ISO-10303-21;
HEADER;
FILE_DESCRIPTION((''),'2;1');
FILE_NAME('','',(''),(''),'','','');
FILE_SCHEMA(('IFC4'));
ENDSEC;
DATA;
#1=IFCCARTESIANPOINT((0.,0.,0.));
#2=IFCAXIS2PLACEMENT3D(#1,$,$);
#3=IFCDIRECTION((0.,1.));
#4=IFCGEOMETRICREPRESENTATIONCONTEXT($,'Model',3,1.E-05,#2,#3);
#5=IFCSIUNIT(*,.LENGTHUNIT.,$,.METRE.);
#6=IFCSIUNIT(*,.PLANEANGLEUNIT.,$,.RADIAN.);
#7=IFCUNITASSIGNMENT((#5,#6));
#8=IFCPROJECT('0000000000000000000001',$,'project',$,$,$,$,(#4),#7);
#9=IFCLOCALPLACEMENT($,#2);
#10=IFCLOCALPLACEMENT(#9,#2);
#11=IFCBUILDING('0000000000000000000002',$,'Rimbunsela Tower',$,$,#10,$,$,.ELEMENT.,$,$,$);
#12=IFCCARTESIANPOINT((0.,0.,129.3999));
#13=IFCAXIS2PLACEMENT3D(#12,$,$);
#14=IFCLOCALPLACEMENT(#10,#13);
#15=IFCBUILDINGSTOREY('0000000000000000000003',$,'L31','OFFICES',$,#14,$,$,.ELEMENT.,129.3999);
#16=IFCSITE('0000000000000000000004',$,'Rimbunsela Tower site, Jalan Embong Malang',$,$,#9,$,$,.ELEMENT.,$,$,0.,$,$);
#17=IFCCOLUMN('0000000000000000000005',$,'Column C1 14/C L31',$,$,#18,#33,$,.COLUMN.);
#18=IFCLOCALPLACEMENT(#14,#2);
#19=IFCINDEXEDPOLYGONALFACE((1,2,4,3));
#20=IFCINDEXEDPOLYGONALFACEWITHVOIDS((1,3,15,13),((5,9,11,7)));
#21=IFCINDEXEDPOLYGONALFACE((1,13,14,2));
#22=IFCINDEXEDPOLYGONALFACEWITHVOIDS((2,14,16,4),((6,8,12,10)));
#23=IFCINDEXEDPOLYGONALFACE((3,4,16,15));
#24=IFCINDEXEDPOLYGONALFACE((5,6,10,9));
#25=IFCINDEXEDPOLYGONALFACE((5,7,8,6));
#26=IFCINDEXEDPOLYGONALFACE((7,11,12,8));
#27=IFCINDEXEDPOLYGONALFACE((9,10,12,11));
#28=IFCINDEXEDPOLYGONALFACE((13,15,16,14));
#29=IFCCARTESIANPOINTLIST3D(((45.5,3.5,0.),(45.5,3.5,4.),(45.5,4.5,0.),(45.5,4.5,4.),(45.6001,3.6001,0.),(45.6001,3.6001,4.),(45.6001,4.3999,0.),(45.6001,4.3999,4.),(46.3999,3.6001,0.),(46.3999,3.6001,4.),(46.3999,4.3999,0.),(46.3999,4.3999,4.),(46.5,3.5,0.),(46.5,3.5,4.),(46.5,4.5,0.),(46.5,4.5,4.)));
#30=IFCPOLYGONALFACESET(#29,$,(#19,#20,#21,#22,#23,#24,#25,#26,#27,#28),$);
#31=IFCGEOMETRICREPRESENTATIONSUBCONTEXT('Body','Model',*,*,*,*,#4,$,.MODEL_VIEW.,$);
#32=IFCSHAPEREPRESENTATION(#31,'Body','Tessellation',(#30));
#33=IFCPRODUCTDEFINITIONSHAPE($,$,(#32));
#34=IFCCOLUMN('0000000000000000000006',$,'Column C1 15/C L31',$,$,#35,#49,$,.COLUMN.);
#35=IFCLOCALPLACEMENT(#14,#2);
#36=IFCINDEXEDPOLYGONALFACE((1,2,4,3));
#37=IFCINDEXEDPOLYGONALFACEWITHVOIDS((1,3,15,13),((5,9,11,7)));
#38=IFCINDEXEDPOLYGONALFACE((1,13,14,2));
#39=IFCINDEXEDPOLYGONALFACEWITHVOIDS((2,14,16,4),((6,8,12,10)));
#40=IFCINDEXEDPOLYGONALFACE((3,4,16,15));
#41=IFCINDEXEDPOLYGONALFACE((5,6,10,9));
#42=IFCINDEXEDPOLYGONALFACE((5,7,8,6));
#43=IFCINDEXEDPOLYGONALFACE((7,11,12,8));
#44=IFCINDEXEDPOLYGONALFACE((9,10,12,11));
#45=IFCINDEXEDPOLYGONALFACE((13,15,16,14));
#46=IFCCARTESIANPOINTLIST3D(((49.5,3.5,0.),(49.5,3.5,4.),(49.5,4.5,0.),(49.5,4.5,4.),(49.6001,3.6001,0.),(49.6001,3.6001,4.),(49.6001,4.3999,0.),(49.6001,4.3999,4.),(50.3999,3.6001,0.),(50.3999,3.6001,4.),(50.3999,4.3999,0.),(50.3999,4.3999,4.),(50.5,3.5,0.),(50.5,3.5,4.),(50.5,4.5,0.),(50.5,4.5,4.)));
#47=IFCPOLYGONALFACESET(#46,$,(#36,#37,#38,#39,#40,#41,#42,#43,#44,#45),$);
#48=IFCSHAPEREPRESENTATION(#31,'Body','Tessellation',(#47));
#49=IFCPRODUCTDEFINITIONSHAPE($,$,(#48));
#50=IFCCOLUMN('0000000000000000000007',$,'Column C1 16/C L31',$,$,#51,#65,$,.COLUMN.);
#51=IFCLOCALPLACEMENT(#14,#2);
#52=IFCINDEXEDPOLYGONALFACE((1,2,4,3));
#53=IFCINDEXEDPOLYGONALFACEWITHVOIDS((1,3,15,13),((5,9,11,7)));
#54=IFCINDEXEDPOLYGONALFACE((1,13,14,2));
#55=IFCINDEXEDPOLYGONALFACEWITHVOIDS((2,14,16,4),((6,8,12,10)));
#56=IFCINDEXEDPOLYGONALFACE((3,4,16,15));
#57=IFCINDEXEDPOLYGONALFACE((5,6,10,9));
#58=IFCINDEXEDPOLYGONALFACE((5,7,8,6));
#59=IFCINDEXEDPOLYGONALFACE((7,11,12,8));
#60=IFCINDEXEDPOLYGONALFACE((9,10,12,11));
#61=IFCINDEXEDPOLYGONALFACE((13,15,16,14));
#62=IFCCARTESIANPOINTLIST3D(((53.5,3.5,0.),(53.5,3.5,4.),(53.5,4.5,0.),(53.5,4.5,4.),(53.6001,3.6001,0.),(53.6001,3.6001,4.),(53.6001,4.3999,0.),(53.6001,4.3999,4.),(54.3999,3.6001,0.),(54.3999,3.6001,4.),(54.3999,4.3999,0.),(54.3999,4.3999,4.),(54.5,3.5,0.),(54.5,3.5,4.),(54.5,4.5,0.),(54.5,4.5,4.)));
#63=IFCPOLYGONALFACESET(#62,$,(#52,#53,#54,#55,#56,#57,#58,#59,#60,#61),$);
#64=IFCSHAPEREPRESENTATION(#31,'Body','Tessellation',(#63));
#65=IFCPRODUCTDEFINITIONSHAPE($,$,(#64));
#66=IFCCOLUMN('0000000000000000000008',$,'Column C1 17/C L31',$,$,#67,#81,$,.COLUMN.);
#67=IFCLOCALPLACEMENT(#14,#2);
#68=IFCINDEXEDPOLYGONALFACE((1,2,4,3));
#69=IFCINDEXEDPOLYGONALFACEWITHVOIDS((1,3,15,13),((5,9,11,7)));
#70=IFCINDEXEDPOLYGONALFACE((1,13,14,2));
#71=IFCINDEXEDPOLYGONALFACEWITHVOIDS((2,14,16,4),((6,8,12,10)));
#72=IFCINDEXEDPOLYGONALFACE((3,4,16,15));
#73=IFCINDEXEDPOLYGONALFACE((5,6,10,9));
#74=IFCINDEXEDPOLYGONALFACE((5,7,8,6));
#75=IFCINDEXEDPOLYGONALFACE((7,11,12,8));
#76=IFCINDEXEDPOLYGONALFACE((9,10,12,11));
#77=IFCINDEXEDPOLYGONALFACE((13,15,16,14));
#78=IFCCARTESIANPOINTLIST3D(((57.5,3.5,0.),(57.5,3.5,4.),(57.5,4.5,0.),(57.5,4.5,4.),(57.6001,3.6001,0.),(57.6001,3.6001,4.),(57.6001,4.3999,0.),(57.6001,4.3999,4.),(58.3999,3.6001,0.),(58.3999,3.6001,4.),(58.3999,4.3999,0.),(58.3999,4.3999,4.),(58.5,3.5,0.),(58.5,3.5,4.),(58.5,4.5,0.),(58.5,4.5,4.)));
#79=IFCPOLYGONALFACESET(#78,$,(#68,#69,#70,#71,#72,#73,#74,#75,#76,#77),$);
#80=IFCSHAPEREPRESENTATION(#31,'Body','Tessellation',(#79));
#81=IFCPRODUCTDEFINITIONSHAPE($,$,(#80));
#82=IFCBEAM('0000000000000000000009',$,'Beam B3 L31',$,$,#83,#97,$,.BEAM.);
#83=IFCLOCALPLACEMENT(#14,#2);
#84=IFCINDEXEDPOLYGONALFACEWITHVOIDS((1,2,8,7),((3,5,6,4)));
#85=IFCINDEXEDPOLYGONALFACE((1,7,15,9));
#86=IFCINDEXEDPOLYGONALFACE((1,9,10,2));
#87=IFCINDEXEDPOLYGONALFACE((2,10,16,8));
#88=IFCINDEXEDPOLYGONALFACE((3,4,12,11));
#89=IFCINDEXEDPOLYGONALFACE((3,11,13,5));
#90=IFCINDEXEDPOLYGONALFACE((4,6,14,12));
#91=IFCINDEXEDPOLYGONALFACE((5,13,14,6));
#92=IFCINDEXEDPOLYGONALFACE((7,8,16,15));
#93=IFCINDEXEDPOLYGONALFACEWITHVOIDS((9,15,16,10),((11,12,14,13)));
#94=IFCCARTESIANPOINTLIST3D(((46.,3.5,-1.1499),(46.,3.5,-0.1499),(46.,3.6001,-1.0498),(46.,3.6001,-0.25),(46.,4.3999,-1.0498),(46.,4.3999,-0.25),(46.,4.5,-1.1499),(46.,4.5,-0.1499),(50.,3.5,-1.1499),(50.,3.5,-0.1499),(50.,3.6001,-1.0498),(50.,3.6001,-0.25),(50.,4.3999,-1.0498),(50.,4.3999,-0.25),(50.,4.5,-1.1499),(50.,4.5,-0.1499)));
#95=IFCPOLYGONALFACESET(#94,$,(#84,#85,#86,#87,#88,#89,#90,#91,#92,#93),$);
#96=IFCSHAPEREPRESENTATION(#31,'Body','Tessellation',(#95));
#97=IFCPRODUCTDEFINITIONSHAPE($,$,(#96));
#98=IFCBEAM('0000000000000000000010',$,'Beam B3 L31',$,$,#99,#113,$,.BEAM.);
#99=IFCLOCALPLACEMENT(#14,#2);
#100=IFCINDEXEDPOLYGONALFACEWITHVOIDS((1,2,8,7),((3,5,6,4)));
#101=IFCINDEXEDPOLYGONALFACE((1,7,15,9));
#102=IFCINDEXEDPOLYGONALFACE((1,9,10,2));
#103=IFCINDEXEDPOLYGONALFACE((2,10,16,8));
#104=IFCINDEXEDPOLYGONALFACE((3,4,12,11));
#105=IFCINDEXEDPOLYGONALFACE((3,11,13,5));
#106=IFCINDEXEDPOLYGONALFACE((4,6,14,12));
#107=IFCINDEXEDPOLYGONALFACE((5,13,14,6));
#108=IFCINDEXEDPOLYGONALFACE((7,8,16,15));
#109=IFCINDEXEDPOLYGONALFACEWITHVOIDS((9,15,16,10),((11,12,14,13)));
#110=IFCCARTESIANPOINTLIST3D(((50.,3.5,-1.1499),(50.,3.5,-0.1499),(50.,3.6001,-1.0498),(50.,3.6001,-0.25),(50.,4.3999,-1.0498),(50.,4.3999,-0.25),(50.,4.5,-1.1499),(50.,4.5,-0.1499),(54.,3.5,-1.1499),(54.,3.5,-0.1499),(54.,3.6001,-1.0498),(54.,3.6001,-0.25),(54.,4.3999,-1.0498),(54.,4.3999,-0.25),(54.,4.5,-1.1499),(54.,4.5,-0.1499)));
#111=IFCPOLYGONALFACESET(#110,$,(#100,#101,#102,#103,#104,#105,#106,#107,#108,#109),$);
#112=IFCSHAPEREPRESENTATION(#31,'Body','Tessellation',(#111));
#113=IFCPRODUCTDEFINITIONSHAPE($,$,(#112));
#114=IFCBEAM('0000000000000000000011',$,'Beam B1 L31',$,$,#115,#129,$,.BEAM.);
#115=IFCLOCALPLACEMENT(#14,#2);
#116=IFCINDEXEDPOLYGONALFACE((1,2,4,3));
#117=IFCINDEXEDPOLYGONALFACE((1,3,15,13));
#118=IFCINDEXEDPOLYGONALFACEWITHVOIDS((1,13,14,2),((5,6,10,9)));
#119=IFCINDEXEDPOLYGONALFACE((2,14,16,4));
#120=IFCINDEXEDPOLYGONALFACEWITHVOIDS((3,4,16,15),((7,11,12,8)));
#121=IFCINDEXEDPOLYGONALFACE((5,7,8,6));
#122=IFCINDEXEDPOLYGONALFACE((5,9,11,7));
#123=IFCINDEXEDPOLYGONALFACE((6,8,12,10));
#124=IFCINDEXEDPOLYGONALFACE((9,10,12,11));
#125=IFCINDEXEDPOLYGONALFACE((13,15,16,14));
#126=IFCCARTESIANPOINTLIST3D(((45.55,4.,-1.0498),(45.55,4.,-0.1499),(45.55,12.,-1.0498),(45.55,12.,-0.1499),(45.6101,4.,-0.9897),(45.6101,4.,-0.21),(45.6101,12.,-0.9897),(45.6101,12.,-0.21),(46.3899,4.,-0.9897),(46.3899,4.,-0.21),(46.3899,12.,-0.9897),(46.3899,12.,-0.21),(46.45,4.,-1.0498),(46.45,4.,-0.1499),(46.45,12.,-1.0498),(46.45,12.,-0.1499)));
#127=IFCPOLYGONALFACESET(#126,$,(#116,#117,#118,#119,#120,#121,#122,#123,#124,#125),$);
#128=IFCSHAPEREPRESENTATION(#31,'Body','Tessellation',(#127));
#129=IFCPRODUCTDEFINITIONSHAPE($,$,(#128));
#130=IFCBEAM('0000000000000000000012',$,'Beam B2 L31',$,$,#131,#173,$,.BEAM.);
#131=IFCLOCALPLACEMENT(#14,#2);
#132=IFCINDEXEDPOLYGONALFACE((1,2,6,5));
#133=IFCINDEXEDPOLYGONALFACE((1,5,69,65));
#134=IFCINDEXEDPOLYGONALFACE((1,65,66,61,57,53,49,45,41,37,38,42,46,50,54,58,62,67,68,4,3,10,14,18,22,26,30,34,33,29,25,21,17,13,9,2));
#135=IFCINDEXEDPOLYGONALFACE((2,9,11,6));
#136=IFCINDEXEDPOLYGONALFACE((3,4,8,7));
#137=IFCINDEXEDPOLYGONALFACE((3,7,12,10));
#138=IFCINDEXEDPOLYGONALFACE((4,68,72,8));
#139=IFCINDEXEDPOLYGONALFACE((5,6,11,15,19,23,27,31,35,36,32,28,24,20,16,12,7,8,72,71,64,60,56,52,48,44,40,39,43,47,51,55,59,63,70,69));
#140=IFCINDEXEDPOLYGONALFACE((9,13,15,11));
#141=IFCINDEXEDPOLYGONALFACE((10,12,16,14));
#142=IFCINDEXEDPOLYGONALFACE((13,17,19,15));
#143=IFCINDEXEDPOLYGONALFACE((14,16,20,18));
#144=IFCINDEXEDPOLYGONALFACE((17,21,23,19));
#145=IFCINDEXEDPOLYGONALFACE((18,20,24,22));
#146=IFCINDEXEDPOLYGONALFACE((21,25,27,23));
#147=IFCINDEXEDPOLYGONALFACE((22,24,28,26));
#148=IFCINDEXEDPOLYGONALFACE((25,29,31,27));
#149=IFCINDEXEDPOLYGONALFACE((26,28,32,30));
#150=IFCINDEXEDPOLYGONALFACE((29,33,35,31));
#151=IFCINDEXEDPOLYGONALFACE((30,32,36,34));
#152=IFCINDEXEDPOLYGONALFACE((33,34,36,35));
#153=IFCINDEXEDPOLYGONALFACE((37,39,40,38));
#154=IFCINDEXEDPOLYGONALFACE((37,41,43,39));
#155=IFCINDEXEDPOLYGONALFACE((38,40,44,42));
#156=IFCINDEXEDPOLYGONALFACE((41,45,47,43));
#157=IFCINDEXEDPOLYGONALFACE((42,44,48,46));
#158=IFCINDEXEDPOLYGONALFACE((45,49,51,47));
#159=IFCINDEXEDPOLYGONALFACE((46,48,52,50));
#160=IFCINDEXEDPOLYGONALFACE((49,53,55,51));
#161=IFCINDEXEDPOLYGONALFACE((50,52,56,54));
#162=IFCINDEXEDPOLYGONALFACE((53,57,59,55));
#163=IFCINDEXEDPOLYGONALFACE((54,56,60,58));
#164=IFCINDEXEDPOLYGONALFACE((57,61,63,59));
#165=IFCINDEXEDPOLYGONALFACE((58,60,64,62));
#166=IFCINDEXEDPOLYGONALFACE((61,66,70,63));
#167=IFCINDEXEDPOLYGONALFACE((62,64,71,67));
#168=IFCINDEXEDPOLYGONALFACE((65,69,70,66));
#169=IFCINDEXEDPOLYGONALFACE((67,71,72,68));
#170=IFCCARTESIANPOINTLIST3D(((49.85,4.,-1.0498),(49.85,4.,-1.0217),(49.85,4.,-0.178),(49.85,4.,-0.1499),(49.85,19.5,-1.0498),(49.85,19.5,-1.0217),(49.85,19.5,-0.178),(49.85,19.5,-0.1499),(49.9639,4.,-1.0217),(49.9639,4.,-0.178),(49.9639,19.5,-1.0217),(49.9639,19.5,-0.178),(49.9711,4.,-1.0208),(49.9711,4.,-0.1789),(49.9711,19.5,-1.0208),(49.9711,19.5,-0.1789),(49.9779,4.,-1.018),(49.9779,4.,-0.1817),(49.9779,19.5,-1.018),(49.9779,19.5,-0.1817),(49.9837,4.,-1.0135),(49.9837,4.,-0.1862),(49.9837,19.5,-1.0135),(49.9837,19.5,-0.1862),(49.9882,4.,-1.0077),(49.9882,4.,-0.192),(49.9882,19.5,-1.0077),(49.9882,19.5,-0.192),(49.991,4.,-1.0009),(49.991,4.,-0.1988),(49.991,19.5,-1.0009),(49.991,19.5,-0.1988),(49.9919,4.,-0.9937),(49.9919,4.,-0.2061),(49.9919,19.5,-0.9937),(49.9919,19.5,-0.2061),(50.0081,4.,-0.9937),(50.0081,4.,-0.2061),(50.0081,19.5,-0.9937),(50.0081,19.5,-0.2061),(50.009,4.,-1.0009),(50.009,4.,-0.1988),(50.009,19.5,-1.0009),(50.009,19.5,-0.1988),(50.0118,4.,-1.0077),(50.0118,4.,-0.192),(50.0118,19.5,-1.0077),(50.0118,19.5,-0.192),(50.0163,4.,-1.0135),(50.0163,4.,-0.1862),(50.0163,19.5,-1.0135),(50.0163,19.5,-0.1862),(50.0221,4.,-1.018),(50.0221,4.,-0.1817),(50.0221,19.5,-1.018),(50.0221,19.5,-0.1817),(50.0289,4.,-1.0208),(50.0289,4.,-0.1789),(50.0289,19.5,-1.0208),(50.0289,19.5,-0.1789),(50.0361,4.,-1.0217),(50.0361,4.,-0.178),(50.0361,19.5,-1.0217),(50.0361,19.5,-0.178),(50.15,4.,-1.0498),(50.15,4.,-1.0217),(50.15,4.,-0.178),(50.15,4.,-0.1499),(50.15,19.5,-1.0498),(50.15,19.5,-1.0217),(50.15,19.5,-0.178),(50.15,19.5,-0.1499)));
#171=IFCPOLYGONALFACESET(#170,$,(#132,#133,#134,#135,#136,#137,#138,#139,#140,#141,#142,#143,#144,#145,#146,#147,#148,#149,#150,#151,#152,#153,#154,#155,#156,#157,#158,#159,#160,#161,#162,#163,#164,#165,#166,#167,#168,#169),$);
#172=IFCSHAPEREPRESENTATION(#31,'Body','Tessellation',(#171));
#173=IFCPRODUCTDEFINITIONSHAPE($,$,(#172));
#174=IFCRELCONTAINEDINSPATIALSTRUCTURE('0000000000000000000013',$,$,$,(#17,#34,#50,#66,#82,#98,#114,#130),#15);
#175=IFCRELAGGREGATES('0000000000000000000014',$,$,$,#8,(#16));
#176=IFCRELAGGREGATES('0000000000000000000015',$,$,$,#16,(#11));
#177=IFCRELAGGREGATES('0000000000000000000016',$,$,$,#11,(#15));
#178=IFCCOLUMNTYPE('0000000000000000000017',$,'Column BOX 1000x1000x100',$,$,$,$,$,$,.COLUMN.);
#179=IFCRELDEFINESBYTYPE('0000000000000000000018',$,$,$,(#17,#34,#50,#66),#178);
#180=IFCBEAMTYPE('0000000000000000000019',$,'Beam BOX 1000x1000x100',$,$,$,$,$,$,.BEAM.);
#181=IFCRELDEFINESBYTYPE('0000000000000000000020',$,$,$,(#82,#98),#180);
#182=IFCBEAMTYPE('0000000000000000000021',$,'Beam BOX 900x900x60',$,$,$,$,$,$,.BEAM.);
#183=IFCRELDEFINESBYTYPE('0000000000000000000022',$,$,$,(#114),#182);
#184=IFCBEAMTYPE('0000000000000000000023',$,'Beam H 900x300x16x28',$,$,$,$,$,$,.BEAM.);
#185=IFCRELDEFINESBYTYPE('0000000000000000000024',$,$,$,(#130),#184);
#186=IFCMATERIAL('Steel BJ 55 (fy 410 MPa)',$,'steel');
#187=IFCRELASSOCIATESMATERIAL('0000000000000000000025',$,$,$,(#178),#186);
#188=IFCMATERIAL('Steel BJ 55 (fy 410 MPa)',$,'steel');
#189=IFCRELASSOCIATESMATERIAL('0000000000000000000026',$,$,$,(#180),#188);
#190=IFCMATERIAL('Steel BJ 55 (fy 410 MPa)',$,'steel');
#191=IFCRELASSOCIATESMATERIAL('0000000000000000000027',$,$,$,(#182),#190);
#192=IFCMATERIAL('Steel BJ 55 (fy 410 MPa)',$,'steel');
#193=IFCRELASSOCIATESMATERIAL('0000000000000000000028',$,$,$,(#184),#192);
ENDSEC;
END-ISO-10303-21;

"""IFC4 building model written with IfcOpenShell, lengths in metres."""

from ifc_helpers import new_model, si_unit, direction, frame, origin, origin_2d, place, context, subcontext, project, spatial, hollow_rectangle, i_section, extrude, material, material_profile, profile_set, type_object, element, save


model = new_model("IFC4")

# Units and contexts
model_context = context("Model", 3, precision=1e-05, world=origin(), true_north=direction((0.0, 1.0)))
body_context = subcontext(model_context, "Body", "Model", "MODEL_VIEW")
ifc_project = project(units=[si_unit("LENGTHUNIT", "METRE"), si_unit("PLANEANGLEUNIT", "RADIAN")], contexts=[model_context])

# Site, building, storey
site_placement = place(None, origin())
site = spatial("IfcSite", under=ifc_project, at=site_placement, Name="Rimbunsela Tower site, Jalan Embong Malang", CompositionType="ELEMENT", RefElevation=0.0)
building_placement = place(site_placement, origin())
building = spatial("IfcBuilding", under=site, at=building_placement, Name="Rimbunsela Tower", CompositionType="ELEMENT")
storey_placement = place(building_placement, frame((0.0, 0.0, 129.3999)))
storey = spatial("IfcBuildingStorey", under=building, at=storey_placement, Name="L31", Description="OFFICES", CompositionType="ELEMENT", Elevation=129.3999)

# Columns
ifc_material_1 = material(Name="Steel BJ 55 (fy 410 MPa)", Category="steel")
ifc_material_profile_1 = material_profile(ifc_material_1, hollow_rectangle(XDim=1.0, YDim=1.0, WallThickness=0.1001, at=origin_2d()), Name="BOX 1000x1000x100")
ifc_profile_set_1 = profile_set([ifc_material_profile_1], Name="Steel BJ 55 (fy 410 MPa)")
column_type = type_object("IfcColumnType", Name="Column BOX 1000x1000x100", PredefinedType="COLUMN", material=ifc_profile_set_1)
for number, where, z_axis, x_axis, name in (
    (1, (46.0, 4.0, 0.0), (0.0, 0.0, 1.0), (1.0, 0.0, 0.0), "Column C1 14/C L31"),
    (2, (50.0, 4.0, 0.0), (0.0, 0.0, 1.0), (1.0, 0.0, 0.0), "Column C1 15/C L31"),
    (3, (54.0, 4.0, 0.0), (0.0, 0.0, 1.0), (1.0, 0.0, 0.0), "Column C1 16/C L31"),
    (4, (58.0, 4.0, 0.0), (0.0, 0.0, 1.0), (1.0, 0.0, 0.0), "Column C1 17/C L31"),
):
    element("IfcColumn", number, at=place(storey_placement, frame(where, z_axis=z_axis, x_axis=x_axis)), inside=storey, type_object=column_type, Name=name, PredefinedType="COLUMN", context=body_context, shape_type="SweptSolid", body=[
        extrude(hollow_rectangle(XDim=1.0, YDim=1.0, WallThickness=0.1001, at=origin_2d()), origin(), (0.0, 0.0, 1.0), 4.0),
    ])

# Beams
ifc_material_2 = material(Name="Steel BJ 55 (fy 410 MPa)", Category="steel")
ifc_material_profile_2 = material_profile(ifc_material_2, hollow_rectangle(XDim=1.0, YDim=1.0, WallThickness=0.1001, at=origin_2d()), Name="BOX 1000x1000x100")
ifc_profile_set_2 = profile_set([ifc_material_profile_2], Name="Steel BJ 55 (fy 410 MPa)")
beam_type_1 = type_object("IfcBeamType", Name="Beam BOX 1000x1000x100", PredefinedType="BEAM", material=ifc_profile_set_2)
for number, where, z_axis, x_axis, name in (
    (5, (46.0, 4.0, -0.6499), (1.0, 0.0, 0.0), (0.0, 1.0, 0.0), "Beam B3 L31"),
    (6, (50.0, 4.0, -0.6499), (1.0, 0.0, 0.0), (0.0, 1.0, 0.0), "Beam B3 L31"),
):
    element("IfcBeam", number, at=place(storey_placement, frame(where, z_axis=z_axis, x_axis=x_axis)), inside=storey, type_object=beam_type_1, Name=name, PredefinedType="BEAM", context=body_context, shape_type="SweptSolid", body=[
        extrude(hollow_rectangle(XDim=1.0, YDim=1.0, WallThickness=0.1001, at=origin_2d()), origin(), (0.0, 0.0, 1.0), 4.0),
    ])
ifc_material_3 = material(Name="Steel BJ 55 (fy 410 MPa)", Category="steel")
ifc_material_profile_3 = material_profile(ifc_material_3, hollow_rectangle(XDim=0.8999, YDim=0.8999, WallThickness=0.0601, at=origin_2d()), Name="BOX 900x900x60")
ifc_profile_set_3 = profile_set([ifc_material_profile_3], Name="Steel BJ 55 (fy 410 MPa)")
beam_type_2 = type_object("IfcBeamType", Name="Beam BOX 900x900x60", PredefinedType="BEAM", material=ifc_profile_set_3)
beam_placement = place(storey_placement, frame((46.0, 4.0, -0.5999), z_axis=(0.0, 1.0, 0.0), x_axis=(-1.0, 0.0, 0.0)))
element("IfcBeam", 7, at=beam_placement, inside=storey, type_object=beam_type_2, Name="Beam B1 L31", PredefinedType="BEAM", context=body_context, shape_type="SweptSolid", body=[
    extrude(hollow_rectangle(XDim=0.8999, YDim=0.8999, WallThickness=0.0601, at=origin_2d()), origin(), (0.0, 0.0, 1.0), 8.0),
])
ifc_material_4 = material(Name="Steel BJ 55 (fy 410 MPa)", Category="steel")
ifc_material_profile_4 = material_profile(ifc_material_4, i_section(OverallWidth=0.3, OverallDepth=0.8999, WebThickness=0.0161, FlangeThickness=0.0281, FilletRadius=0.0281, at=origin_2d()), Name="H 900x300x16x28")
ifc_profile_set_4 = profile_set([ifc_material_profile_4], Name="Steel BJ 55 (fy 410 MPa)")
beam_type_3 = type_object("IfcBeamType", Name="Beam H 900x300x16x28", PredefinedType="BEAM", material=ifc_profile_set_4)
for number, where, z_axis, x_axis, name in (
    (8, (50.0, 4.0, -0.5999), (0.0, 1.0, 0.0), (-1.0, 0.0, 0.0), "Beam B2 L31"),
):
    element("IfcBeam", number, at=place(storey_placement, frame(where, z_axis=z_axis, x_axis=x_axis)), inside=storey, type_object=beam_type_3, Name=name, PredefinedType="BEAM", context=body_context, shape_type="SweptSolid", body=[
        extrude(i_section(OverallWidth=0.3, OverallDepth=0.8999, WebThickness=0.0161, FlangeThickness=0.0281, FilletRadius=0.0281, at=origin_2d()), origin(), (0.0, 0.0, 1.0), 15.5),
    ])

save(model, "model.ifc")
